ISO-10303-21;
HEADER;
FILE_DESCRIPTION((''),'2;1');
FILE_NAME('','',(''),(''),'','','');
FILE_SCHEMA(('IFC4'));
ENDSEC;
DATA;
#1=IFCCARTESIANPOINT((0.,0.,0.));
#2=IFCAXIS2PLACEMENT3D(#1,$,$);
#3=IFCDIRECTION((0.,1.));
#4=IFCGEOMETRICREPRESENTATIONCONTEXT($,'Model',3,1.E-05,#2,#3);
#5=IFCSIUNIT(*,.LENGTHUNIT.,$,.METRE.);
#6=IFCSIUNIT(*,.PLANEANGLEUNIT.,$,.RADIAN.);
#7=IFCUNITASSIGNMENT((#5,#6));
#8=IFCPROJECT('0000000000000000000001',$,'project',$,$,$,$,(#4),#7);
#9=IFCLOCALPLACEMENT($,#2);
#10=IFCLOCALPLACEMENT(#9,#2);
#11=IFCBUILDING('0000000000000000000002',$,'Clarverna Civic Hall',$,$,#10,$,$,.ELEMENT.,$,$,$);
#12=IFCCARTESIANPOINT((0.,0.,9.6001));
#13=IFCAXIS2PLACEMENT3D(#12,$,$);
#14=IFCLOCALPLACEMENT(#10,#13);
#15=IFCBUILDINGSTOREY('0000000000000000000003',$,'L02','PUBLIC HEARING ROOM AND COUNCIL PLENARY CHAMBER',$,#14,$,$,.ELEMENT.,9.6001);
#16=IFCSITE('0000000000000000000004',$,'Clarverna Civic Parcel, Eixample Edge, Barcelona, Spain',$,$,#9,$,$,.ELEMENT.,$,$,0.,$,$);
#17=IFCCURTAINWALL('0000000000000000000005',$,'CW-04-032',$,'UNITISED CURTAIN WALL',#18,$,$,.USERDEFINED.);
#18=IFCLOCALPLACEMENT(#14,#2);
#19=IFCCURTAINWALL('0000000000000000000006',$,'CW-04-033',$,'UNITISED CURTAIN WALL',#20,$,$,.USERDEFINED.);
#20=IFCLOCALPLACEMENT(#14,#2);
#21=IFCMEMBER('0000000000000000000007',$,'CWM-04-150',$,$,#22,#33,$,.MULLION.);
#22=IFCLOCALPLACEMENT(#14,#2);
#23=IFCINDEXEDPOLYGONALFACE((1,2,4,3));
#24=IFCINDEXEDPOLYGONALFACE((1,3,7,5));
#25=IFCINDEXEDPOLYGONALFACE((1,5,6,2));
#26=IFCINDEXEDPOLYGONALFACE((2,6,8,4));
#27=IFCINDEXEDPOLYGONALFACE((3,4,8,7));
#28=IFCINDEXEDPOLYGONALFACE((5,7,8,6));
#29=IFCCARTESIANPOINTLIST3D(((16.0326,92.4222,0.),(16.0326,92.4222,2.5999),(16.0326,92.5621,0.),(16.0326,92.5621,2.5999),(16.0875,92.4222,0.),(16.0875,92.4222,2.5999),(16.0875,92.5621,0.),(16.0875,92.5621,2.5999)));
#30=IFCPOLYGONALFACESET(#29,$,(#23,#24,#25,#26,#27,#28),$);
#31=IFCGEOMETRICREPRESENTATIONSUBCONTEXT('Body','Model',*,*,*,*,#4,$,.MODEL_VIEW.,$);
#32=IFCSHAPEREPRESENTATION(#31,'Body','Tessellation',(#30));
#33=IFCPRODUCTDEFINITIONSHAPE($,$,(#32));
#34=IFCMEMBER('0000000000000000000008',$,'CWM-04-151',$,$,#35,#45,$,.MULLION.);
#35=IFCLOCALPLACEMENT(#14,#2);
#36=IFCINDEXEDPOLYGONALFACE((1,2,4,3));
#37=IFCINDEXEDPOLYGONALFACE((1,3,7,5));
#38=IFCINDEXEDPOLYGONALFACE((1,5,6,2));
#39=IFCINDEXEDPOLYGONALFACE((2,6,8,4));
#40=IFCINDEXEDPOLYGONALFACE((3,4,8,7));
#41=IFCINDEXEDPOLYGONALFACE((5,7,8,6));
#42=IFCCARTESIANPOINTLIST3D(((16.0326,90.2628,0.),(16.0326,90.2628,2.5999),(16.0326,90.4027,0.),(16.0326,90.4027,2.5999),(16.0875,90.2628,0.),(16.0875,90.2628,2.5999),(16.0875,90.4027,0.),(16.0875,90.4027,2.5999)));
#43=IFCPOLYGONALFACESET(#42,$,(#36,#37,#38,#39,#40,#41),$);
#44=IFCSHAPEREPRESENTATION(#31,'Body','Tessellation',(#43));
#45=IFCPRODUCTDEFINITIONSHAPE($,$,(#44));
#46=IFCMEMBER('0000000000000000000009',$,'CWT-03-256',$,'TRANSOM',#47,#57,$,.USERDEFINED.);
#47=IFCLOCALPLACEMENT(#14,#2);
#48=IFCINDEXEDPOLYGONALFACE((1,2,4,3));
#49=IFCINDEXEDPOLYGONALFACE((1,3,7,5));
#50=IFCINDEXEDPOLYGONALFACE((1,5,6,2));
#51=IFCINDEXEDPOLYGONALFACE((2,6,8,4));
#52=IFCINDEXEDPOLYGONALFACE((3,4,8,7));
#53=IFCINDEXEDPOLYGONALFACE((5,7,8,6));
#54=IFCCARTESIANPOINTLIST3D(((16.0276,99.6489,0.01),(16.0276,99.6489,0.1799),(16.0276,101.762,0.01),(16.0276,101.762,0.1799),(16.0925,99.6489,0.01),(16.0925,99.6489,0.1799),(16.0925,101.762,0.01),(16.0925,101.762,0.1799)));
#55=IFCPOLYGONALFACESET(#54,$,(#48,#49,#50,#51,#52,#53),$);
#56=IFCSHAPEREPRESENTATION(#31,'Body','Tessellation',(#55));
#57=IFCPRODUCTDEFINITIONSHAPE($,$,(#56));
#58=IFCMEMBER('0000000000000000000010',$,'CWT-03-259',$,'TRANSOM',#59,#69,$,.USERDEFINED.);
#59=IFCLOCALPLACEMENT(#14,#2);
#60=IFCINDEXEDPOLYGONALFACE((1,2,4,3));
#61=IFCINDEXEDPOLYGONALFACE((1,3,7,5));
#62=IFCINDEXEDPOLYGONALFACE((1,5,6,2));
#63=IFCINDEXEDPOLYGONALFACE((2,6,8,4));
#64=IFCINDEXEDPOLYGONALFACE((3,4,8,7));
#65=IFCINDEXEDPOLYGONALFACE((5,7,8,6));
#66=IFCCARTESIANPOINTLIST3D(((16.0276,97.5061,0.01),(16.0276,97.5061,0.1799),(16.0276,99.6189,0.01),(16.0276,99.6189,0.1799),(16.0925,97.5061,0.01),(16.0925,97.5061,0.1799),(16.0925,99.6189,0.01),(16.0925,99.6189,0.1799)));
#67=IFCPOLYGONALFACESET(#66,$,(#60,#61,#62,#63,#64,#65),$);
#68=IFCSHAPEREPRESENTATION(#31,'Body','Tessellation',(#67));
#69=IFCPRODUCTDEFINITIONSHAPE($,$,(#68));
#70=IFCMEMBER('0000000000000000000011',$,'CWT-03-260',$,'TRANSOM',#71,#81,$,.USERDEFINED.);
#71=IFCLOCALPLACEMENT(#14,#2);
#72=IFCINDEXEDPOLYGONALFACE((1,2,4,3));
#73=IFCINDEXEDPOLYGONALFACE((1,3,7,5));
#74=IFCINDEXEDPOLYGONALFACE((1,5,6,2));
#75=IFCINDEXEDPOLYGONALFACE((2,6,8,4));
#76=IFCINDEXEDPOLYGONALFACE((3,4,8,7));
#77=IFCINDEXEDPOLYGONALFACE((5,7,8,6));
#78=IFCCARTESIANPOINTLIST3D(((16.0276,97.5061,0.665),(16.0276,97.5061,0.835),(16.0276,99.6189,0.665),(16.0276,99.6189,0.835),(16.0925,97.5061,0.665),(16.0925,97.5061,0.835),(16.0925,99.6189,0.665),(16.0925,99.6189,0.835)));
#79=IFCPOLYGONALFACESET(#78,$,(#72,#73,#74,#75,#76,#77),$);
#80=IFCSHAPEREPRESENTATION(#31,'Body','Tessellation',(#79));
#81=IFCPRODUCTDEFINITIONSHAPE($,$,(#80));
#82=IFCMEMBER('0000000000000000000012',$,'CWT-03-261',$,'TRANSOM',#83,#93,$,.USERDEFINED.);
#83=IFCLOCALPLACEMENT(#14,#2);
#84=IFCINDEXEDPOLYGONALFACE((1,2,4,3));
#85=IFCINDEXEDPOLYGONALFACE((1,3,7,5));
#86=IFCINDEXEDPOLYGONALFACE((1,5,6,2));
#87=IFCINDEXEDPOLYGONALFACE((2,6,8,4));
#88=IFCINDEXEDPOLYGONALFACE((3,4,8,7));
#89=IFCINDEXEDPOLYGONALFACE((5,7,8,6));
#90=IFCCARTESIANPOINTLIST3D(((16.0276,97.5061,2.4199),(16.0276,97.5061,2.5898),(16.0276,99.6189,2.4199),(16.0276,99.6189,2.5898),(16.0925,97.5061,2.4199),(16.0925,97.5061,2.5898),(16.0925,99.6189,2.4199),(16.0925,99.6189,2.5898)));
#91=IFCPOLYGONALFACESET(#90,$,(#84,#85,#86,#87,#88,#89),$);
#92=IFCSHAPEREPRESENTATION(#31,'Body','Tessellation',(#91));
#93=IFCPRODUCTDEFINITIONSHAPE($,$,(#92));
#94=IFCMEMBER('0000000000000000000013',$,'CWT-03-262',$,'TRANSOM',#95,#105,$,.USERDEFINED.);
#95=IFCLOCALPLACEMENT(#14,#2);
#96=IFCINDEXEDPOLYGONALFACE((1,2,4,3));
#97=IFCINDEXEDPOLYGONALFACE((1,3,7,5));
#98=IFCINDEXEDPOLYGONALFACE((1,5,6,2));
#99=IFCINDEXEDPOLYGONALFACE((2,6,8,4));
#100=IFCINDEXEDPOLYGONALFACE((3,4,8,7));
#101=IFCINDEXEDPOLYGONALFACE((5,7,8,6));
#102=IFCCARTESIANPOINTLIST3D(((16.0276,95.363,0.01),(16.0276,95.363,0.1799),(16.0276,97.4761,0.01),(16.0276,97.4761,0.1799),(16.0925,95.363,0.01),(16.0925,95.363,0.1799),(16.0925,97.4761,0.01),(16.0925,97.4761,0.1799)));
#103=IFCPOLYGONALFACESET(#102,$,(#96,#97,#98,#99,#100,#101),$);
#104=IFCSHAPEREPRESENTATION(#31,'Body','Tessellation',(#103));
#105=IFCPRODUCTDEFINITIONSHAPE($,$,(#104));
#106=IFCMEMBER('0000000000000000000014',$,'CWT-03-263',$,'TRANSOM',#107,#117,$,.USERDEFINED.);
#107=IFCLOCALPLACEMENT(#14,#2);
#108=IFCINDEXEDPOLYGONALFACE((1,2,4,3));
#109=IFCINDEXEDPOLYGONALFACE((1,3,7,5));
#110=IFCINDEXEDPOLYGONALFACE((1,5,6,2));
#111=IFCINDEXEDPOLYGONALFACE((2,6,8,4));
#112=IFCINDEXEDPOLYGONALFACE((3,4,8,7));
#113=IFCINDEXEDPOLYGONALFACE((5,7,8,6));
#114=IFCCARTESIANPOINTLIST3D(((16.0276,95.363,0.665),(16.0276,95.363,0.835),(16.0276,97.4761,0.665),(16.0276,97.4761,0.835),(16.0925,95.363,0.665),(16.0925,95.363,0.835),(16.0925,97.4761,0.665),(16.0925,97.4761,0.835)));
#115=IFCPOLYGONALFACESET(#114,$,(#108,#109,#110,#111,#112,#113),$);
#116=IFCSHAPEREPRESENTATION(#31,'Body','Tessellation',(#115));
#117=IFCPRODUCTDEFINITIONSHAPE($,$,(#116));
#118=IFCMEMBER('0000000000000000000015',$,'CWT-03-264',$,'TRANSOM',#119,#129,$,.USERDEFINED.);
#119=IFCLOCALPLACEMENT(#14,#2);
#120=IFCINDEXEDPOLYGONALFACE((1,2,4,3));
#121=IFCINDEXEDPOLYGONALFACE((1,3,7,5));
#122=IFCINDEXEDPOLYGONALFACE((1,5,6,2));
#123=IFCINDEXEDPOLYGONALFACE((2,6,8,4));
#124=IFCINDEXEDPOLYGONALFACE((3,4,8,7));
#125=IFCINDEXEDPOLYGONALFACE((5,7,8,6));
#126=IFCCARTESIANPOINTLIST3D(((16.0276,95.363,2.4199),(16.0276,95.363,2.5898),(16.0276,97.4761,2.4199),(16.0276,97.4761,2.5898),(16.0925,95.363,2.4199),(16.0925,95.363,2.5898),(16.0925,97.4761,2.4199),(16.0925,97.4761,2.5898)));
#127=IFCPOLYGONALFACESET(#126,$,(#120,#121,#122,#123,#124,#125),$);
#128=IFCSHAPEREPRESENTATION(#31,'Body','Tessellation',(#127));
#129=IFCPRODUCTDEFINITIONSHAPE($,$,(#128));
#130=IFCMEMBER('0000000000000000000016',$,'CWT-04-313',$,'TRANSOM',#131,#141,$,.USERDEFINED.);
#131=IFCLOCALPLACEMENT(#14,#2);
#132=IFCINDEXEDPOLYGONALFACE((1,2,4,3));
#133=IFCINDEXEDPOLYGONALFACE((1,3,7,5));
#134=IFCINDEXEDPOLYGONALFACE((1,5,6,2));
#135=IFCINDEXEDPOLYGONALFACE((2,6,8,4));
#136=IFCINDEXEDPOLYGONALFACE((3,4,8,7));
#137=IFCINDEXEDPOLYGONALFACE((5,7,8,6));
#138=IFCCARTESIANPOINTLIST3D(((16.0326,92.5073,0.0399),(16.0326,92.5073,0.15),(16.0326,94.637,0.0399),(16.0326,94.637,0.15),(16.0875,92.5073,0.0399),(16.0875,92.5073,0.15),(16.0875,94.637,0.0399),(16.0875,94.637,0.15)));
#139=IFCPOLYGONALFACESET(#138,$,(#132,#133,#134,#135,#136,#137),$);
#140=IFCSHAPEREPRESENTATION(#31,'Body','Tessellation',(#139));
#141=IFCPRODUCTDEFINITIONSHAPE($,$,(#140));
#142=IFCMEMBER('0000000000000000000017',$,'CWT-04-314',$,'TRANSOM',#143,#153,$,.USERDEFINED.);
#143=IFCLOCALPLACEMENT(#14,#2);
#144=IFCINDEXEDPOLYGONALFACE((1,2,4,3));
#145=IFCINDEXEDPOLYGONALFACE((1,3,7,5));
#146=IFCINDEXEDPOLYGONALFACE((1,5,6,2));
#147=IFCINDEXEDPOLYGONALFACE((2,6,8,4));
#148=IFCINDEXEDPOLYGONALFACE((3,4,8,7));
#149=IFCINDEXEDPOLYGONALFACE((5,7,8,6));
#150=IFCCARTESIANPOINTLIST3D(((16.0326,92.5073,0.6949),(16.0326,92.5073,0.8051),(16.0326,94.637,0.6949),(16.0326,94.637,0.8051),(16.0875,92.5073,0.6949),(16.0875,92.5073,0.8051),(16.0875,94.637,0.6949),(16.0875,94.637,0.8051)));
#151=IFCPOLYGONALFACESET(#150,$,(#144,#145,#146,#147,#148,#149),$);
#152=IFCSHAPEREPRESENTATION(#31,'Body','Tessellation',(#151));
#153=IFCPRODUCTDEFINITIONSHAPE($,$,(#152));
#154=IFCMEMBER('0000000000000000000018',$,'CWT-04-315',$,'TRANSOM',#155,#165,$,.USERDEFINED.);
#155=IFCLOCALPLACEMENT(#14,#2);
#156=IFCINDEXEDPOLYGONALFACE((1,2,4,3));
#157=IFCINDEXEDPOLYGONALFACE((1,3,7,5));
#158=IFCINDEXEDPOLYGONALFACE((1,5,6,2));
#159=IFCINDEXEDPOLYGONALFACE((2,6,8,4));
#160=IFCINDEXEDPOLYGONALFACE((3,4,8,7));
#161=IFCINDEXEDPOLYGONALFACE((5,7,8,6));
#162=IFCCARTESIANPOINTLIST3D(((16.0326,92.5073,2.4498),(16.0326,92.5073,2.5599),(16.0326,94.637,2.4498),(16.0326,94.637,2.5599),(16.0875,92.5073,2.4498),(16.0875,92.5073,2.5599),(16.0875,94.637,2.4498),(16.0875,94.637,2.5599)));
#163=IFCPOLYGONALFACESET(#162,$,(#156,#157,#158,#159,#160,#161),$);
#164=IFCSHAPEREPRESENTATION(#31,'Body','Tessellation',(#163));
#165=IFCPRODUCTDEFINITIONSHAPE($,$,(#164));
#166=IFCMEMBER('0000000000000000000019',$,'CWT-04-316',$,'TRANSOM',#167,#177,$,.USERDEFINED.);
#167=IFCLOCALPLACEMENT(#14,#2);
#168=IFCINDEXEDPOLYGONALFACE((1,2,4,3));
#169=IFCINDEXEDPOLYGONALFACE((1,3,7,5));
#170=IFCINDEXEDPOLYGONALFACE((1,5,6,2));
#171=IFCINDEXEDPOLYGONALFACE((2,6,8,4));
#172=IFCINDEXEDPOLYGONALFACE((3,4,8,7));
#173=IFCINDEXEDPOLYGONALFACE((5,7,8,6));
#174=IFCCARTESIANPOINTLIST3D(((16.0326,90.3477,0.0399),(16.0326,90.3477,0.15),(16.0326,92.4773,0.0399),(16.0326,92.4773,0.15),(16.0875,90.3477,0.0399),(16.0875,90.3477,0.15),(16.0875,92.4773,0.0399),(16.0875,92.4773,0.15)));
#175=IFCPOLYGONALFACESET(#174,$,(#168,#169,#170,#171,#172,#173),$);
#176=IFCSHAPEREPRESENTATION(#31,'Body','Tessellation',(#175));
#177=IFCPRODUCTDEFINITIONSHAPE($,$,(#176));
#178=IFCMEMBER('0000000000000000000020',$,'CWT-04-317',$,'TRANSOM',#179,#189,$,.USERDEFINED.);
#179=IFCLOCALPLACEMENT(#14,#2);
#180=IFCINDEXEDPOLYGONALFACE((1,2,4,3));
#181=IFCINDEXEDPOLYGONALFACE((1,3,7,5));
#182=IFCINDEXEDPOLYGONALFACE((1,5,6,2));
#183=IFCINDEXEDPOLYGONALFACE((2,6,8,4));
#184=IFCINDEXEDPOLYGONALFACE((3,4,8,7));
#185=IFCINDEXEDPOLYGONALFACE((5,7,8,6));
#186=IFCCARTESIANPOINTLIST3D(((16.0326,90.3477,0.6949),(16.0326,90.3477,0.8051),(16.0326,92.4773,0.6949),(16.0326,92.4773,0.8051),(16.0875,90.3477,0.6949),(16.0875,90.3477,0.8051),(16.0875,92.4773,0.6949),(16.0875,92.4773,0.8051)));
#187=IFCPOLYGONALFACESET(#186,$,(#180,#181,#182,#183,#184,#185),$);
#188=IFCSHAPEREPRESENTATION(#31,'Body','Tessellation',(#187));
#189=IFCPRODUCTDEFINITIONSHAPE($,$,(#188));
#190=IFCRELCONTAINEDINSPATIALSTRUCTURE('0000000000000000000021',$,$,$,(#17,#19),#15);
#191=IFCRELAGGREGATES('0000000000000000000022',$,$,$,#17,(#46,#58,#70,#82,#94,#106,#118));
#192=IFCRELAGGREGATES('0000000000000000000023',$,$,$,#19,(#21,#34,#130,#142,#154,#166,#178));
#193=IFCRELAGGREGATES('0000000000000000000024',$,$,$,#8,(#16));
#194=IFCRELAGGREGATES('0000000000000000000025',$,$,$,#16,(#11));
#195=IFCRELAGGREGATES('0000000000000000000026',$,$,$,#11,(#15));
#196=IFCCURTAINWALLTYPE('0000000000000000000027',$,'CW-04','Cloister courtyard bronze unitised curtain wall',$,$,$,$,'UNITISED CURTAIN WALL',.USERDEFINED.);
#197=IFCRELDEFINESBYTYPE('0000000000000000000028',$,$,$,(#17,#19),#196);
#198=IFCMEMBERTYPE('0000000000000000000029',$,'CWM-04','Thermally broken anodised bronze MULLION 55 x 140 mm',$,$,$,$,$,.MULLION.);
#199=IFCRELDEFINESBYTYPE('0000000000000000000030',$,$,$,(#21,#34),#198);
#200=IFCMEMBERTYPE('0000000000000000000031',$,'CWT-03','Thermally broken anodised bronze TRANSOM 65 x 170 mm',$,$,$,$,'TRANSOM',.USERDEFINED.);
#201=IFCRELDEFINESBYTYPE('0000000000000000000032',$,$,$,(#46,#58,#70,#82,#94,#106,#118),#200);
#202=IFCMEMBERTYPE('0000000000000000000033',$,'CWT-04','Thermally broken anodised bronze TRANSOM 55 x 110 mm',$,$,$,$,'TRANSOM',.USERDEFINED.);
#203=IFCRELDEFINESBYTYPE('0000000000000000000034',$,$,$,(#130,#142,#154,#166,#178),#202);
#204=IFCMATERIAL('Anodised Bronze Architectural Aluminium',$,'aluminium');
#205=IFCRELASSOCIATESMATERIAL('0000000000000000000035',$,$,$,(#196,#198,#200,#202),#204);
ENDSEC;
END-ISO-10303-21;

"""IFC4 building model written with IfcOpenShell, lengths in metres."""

from ifc_helpers import new_model, si_unit, direction, frame, origin, origin_2d, place, context, subcontext, project, spatial, rectangle, extrude, material, material_profile, profile_set, type_object, element, aggregate, save


model = new_model("IFC4")

# Units and contexts
model_context = context("Model", 3, precision=1e-05, world=origin(), true_north=direction((0.0, 1.0)))
body_context = subcontext(model_context, "Body", "Model", "MODEL_VIEW")
ifc_project = project(units=[si_unit("LENGTHUNIT", "METRE"), si_unit("PLANEANGLEUNIT", "RADIAN")], contexts=[model_context])

# Site, building, storey
site_placement = place(None, origin())
site = spatial("IfcSite", under=ifc_project, at=site_placement, Name="Clarverna Civic Parcel, Eixample Edge, Barcelona, Spain", CompositionType="ELEMENT", RefElevation=0.0)
building_placement = place(site_placement, origin())
building = spatial("IfcBuilding", under=site, at=building_placement, Name="Clarverna Civic Hall", CompositionType="ELEMENT")
storey_placement = place(building_placement, frame((0.0, 0.0, 9.6001)))
storey = spatial("IfcBuildingStorey", under=building, at=storey_placement, Name="L02", Description="PUBLIC HEARING ROOM AND COUNCIL PLENARY CHAMBER", CompositionType="ELEMENT", Elevation=9.6001)

# Curtain walls, members
ifc_material_1 = material(Name="Anodised Bronze Architectural Aluminium", Category="aluminium")
curtain_wall_type = type_object("IfcCurtainWallType", Name="CW-04", Description="Cloister courtyard bronze unitised curtain wall", ElementType="UNITISED CURTAIN WALL", PredefinedType="USERDEFINED", material=ifc_material_1)
curtain_wall_1_placement = place(storey_placement, origin())
curtain_wall_1 = element("IfcCurtainWall", 1, at=curtain_wall_1_placement, inside=storey, type_object=curtain_wall_type, Name="CW-04-032", ObjectType="UNITISED CURTAIN WALL", PredefinedType="USERDEFINED")
curtain_wall_2_placement = place(storey_placement, origin())
curtain_wall_2 = element("IfcCurtainWall", 2, at=curtain_wall_2_placement, inside=storey, type_object=curtain_wall_type, Name="CW-04-033", ObjectType="UNITISED CURTAIN WALL", PredefinedType="USERDEFINED")
ifc_material_profile_1 = material_profile(ifc_material_1, rectangle(XDim=0.0549, YDim=0.1399, at=origin_2d()), Name="BRONZE 55x140")
ifc_profile_set_1 = profile_set([ifc_material_profile_1], Name="Anodised Bronze Architectural Aluminium")
member_type_1 = type_object("IfcMemberType", Name="CWM-04", Description="Thermally broken anodised bronze MULLION 55 x 140 mm", PredefinedType="MULLION", material=ifc_profile_set_1)
member_1_placement = place(storey_placement, frame((16.0601, 92.4922, 0.0), z_axis=(0.0, 0.0, 1.0), x_axis=(1.0, 0.0, 0.0)))
member_1 = element("IfcMember", 3, at=member_1_placement, type_object=member_type_1, Name="CWM-04-150", PredefinedType="MULLION", context=body_context, shape_type="SweptSolid", body=[
    extrude(rectangle(XDim=0.0549, YDim=0.1399, at=origin_2d()), origin(), (0.0, 0.0, 1.0), 2.5999),
])
member_2_placement = place(storey_placement, frame((16.0601, 90.3328, 0.0), z_axis=(0.0, 0.0, 1.0), x_axis=(1.0, 0.0, 0.0)))
member_2 = element("IfcMember", 4, at=member_2_placement, type_object=member_type_1, Name="CWM-04-151", PredefinedType="MULLION", context=body_context, shape_type="SweptSolid", body=[
    extrude(rectangle(XDim=0.0549, YDim=0.1399, at=origin_2d()), origin(), (0.0, 0.0, 1.0), 2.5999),
])

# Members
ifc_material_profile_2 = material_profile(ifc_material_1, rectangle(XDim=0.0649, YDim=0.1699, at=origin_2d()), Name="BRONZE 65x170")
ifc_profile_set_2 = profile_set([ifc_material_profile_2], Name="Anodised Bronze Architectural Aluminium")
member_type_2 = type_object("IfcMemberType", Name="CWT-03", Description="Thermally broken anodised bronze TRANSOM 65 x 170 mm", ElementType="TRANSOM", PredefinedType="USERDEFINED", material=ifc_profile_set_2)
member_3_placement = place(storey_placement, frame((16.0601, 101.762, 0.095), z_axis=(0.0, -1.0, 0.0), x_axis=(1.0, 0.0, 0.0)))
member_3 = element("IfcMember", 5, at=member_3_placement, type_object=member_type_2, Name="CWT-03-256", ObjectType="TRANSOM", PredefinedType="USERDEFINED", context=body_context, shape_type="SweptSolid", body=[
    extrude(rectangle(XDim=0.0649, YDim=0.1699, at=origin_2d()), origin(), (0.0, 0.0, 1.0), 2.113),
])
member_4_placement = place(storey_placement, frame((16.0601, 99.6189, 0.095), z_axis=(0.0, -1.0, 0.0), x_axis=(1.0, 0.0, 0.0)))
member_4 = element("IfcMember", 6, at=member_4_placement, type_object=member_type_2, Name="CWT-03-259", ObjectType="TRANSOM", PredefinedType="USERDEFINED", context=body_context, shape_type="SweptSolid", body=[
    extrude(rectangle(XDim=0.0649, YDim=0.1699, at=origin_2d()), origin(), (0.0, 0.0, 1.0), 2.1128),
])
member_5_placement = place(storey_placement, frame((16.0601, 99.6189, 0.75), z_axis=(0.0, -1.0, 0.0), x_axis=(1.0, 0.0, 0.0)))
member_5 = element("IfcMember", 7, at=member_5_placement, type_object=member_type_2, Name="CWT-03-260", ObjectType="TRANSOM", PredefinedType="USERDEFINED", context=body_context, shape_type="SweptSolid", body=[
    extrude(rectangle(XDim=0.0649, YDim=0.1699, at=origin_2d()), origin(), (0.0, 0.0, 1.0), 2.1128),
])
member_6_placement = place(storey_placement, frame((16.0601, 99.6189, 2.5049), z_axis=(0.0, -1.0, 0.0), x_axis=(1.0, 0.0, 0.0)))
member_6 = element("IfcMember", 8, at=member_6_placement, type_object=member_type_2, Name="CWT-03-261", ObjectType="TRANSOM", PredefinedType="USERDEFINED", context=body_context, shape_type="SweptSolid", body=[
    extrude(rectangle(XDim=0.0649, YDim=0.1699, at=origin_2d()), origin(), (0.0, 0.0, 1.0), 2.1128),
])
member_7_placement = place(storey_placement, frame((16.0601, 97.4761, 0.095), z_axis=(0.0, -1.0, 0.0), x_axis=(1.0, 0.0, 0.0)))
member_7 = element("IfcMember", 9, at=member_7_placement, type_object=member_type_2, Name="CWT-03-262", ObjectType="TRANSOM", PredefinedType="USERDEFINED", context=body_context, shape_type="SweptSolid", body=[
    extrude(rectangle(XDim=0.0649, YDim=0.1699, at=origin_2d()), origin(), (0.0, 0.0, 1.0), 2.113),
])
member_8_placement = place(storey_placement, frame((16.0601, 97.4761, 0.75), z_axis=(0.0, -1.0, 0.0), x_axis=(1.0, 0.0, 0.0)))
member_8 = element("IfcMember", 10, at=member_8_placement, type_object=member_type_2, Name="CWT-03-263", ObjectType="TRANSOM", PredefinedType="USERDEFINED", context=body_context, shape_type="SweptSolid", body=[
    extrude(rectangle(XDim=0.0649, YDim=0.1699, at=origin_2d()), origin(), (0.0, 0.0, 1.0), 2.113),
])
member_9_placement = place(storey_placement, frame((16.0601, 97.4761, 2.5049), z_axis=(0.0, -1.0, 0.0), x_axis=(1.0, 0.0, 0.0)))
member_9 = element("IfcMember", 11, at=member_9_placement, type_object=member_type_2, Name="CWT-03-264", ObjectType="TRANSOM", PredefinedType="USERDEFINED", context=body_context, shape_type="SweptSolid", body=[
    extrude(rectangle(XDim=0.0649, YDim=0.1699, at=origin_2d()), origin(), (0.0, 0.0, 1.0), 2.113),
])
ifc_material_profile_3 = material_profile(ifc_material_1, rectangle(XDim=0.0549, YDim=0.1101, at=origin_2d()), Name="BRONZE 55x110")
ifc_profile_set_3 = profile_set([ifc_material_profile_3], Name="Anodised Bronze Architectural Aluminium")
member_type_3 = type_object("IfcMemberType", Name="CWT-04", Description="Thermally broken anodised bronze TRANSOM 55 x 110 mm", ElementType="TRANSOM", PredefinedType="USERDEFINED", material=ifc_profile_set_3)
member_10_placement = place(storey_placement, frame((16.0601, 94.637, 0.095), z_axis=(0.0, -1.0, 0.0), x_axis=(1.0, 0.0, 0.0)))
member_10 = element("IfcMember", 12, at=member_10_placement, type_object=member_type_3, Name="CWT-04-313", ObjectType="TRANSOM", PredefinedType="USERDEFINED", context=body_context, shape_type="SweptSolid", body=[
    extrude(rectangle(XDim=0.0549, YDim=0.1101, at=origin_2d()), origin(), (0.0, 0.0, 1.0), 2.1296),
])
member_11_placement = place(storey_placement, frame((16.0601, 94.637, 0.75), z_axis=(0.0, -1.0, 0.0), x_axis=(1.0, 0.0, 0.0)))
member_11 = element("IfcMember", 13, at=member_11_placement, type_object=member_type_3, Name="CWT-04-314", ObjectType="TRANSOM", PredefinedType="USERDEFINED", context=body_context, shape_type="SweptSolid", body=[
    extrude(rectangle(XDim=0.0549, YDim=0.1101, at=origin_2d()), origin(), (0.0, 0.0, 1.0), 2.1296),
])
member_12_placement = place(storey_placement, frame((16.0601, 94.637, 2.5049), z_axis=(0.0, -1.0, 0.0), x_axis=(1.0, 0.0, 0.0)))
member_12 = element("IfcMember", 14, at=member_12_placement, type_object=member_type_3, Name="CWT-04-315", ObjectType="TRANSOM", PredefinedType="USERDEFINED", context=body_context, shape_type="SweptSolid", body=[
    extrude(rectangle(XDim=0.0549, YDim=0.1101, at=origin_2d()), origin(), (0.0, 0.0, 1.0), 2.1296),
])
member_13_placement = place(storey_placement, frame((16.0601, 92.4773, 0.095), z_axis=(0.0, -1.0, 0.0), x_axis=(1.0, 0.0, 0.0)))
member_13 = element("IfcMember", 15, at=member_13_placement, type_object=member_type_3, Name="CWT-04-316", ObjectType="TRANSOM", PredefinedType="USERDEFINED", context=body_context, shape_type="SweptSolid", body=[
    extrude(rectangle(XDim=0.0549, YDim=0.1101, at=origin_2d()), origin(), (0.0, 0.0, 1.0), 2.1296),
])
member_14_placement = place(storey_placement, frame((16.0601, 92.4773, 0.75), z_axis=(0.0, -1.0, 0.0), x_axis=(1.0, 0.0, 0.0)))
member_14 = element("IfcMember", 16, at=member_14_placement, type_object=member_type_3, Name="CWT-04-317", ObjectType="TRANSOM", PredefinedType="USERDEFINED", context=body_context, shape_type="SweptSolid", body=[
    extrude(rectangle(XDim=0.0549, YDim=0.1101, at=origin_2d()), origin(), (0.0, 0.0, 1.0), 2.1296),
])

aggregate(curtain_wall_1, [member_3, member_4, member_5, member_6, member_7, member_8, member_9])
aggregate(curtain_wall_2, [member_1, member_2, member_10, member_11, member_12, member_13, member_14])

save(model, "model.ifc")
